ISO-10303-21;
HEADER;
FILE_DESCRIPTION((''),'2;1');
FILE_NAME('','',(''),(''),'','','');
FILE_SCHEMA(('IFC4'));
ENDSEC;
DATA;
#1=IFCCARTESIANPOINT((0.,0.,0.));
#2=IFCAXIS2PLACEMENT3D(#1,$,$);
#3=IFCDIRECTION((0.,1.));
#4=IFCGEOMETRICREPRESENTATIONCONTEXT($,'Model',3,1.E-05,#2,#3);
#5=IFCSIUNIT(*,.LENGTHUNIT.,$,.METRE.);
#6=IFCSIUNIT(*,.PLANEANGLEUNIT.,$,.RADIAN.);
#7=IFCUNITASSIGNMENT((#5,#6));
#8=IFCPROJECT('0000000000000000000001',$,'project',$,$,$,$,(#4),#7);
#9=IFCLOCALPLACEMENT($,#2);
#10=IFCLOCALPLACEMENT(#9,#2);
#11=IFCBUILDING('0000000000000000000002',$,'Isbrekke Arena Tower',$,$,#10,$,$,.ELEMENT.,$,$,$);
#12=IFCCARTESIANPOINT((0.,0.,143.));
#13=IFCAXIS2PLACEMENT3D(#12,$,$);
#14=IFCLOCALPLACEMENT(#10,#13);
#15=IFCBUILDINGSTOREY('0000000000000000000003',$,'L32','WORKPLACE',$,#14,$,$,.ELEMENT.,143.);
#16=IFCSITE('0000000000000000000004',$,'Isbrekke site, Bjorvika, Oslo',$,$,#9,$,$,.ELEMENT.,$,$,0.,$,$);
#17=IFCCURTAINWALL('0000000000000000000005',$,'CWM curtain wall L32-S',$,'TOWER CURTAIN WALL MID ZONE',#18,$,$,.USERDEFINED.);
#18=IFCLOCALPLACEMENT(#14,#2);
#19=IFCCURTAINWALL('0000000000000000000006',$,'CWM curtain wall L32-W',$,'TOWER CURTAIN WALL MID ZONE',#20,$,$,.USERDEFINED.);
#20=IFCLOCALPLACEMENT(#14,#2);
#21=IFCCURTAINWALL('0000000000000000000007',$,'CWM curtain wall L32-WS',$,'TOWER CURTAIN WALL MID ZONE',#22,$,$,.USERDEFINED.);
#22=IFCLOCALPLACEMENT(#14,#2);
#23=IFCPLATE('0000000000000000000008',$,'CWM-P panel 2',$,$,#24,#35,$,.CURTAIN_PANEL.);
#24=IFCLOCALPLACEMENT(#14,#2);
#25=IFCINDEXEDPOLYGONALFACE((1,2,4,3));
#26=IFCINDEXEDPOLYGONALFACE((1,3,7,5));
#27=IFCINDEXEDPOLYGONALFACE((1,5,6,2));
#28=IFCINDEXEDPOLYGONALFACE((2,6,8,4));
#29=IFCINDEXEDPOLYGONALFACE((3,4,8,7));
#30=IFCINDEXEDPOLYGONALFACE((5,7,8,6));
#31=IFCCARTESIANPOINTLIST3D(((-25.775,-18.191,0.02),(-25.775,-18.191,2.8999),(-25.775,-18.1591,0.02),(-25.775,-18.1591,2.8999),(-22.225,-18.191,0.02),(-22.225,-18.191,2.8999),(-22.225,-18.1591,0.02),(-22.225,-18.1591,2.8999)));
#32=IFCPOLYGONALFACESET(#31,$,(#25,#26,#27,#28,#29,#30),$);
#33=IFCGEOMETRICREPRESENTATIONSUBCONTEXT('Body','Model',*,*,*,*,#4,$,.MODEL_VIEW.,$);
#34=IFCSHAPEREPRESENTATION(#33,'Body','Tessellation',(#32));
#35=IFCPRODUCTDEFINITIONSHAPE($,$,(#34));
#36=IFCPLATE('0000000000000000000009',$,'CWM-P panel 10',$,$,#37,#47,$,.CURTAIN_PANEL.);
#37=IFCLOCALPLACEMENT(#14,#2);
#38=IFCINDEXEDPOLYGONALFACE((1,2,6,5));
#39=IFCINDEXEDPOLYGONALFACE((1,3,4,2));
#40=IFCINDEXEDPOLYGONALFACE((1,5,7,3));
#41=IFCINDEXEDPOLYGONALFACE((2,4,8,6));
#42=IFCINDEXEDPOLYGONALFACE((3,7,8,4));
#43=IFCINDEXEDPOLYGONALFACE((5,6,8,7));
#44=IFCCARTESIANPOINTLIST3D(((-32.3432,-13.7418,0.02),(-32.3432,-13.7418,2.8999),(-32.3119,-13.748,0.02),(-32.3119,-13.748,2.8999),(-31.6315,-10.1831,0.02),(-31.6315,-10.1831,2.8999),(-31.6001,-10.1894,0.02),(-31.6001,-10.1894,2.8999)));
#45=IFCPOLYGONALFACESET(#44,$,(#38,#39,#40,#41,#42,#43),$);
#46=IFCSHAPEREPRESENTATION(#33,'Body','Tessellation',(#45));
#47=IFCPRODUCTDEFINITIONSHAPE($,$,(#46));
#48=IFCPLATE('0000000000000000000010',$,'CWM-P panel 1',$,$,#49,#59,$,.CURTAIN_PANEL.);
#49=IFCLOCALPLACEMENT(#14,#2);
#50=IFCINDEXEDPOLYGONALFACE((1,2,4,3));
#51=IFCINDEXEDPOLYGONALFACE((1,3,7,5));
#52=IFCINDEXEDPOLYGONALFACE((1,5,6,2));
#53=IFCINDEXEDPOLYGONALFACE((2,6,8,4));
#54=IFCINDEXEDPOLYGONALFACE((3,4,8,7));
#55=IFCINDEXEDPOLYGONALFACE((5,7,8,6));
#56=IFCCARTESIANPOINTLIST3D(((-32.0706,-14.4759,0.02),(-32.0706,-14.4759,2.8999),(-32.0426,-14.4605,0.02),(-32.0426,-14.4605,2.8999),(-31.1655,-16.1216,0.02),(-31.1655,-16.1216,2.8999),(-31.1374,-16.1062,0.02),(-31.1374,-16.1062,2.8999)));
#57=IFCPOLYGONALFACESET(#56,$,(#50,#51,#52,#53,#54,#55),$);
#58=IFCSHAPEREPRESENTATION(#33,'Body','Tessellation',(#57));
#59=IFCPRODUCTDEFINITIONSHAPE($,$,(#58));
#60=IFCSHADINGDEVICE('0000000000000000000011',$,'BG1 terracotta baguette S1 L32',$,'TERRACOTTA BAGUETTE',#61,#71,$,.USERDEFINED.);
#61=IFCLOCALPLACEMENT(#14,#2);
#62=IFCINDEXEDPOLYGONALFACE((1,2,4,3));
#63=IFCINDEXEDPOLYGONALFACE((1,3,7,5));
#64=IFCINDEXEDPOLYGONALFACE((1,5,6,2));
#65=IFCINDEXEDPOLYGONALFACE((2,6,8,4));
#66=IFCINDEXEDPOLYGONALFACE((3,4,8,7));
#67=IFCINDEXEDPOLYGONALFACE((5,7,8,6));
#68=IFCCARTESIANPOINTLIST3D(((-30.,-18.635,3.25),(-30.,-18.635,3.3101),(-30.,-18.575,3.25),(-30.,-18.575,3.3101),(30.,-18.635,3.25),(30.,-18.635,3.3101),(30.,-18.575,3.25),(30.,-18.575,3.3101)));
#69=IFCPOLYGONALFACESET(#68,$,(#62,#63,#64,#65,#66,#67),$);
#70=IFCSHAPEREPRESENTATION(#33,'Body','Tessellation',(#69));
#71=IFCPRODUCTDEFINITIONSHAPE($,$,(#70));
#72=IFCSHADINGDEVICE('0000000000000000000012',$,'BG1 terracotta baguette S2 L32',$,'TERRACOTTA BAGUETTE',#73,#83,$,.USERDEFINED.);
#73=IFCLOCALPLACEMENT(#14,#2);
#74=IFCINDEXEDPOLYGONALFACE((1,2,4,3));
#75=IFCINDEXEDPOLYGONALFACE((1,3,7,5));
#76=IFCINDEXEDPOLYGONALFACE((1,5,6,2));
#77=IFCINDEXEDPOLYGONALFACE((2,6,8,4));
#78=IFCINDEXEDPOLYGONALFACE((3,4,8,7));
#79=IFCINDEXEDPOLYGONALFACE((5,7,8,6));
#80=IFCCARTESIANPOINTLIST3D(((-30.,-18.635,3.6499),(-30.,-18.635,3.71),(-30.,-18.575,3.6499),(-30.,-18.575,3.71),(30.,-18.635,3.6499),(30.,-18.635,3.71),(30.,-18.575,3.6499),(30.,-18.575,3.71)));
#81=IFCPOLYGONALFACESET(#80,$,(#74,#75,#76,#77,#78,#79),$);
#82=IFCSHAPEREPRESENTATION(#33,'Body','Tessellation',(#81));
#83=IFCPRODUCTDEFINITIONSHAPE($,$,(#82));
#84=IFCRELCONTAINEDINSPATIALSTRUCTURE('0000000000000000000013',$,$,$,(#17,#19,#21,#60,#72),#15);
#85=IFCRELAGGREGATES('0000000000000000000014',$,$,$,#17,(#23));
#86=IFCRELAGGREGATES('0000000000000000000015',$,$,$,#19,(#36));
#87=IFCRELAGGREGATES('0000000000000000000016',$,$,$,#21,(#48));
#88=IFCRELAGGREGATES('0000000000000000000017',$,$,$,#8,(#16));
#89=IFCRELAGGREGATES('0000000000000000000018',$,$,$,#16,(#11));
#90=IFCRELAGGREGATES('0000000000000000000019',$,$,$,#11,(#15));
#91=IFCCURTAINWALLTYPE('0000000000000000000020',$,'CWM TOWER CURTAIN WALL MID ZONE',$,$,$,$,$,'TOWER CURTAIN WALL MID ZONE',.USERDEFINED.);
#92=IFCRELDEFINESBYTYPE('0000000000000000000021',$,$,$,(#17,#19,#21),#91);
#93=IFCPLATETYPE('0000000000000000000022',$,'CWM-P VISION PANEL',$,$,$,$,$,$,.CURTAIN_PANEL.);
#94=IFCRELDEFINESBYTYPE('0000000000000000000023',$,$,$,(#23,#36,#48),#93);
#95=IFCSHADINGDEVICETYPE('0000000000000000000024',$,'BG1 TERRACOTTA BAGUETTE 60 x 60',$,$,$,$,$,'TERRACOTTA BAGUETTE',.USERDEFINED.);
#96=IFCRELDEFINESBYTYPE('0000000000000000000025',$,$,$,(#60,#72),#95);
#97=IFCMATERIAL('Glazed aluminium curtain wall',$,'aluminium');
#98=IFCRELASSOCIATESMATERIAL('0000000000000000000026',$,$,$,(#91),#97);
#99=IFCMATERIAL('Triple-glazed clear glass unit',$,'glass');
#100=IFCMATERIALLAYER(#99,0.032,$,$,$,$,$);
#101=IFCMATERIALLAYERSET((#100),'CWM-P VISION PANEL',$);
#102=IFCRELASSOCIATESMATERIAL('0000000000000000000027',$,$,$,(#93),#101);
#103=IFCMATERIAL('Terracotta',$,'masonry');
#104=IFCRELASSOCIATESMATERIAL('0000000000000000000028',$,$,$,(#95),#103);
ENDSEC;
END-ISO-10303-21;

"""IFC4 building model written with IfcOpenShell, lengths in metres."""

from ifc_helpers import new_model, si_unit, direction, frame, origin, origin_2d, place, context, subcontext, project, spatial, rectangle, extrude, material, layer, layer_set, material_profile, profile_set, type_object, element, aggregate, save


model = new_model("IFC4")

# Units and contexts
model_context = context("Model", 3, precision=1e-05, world=origin(), true_north=direction((0.0, 1.0)))
body_context = subcontext(model_context, "Body", "Model", "MODEL_VIEW")
ifc_project = project(units=[si_unit("LENGTHUNIT", "METRE"), si_unit("PLANEANGLEUNIT", "RADIAN")], contexts=[model_context])

# Site, building, storey
site_placement = place(None, origin())
site = spatial("IfcSite", under=ifc_project, at=site_placement, Name="Isbrekke site, Bjorvika, Oslo", CompositionType="ELEMENT", RefElevation=0.0)
building_placement = place(site_placement, origin())
building = spatial("IfcBuilding", under=site, at=building_placement, Name="Isbrekke Arena Tower", CompositionType="ELEMENT")
storey_placement = place(building_placement, frame((0.0, 0.0, 143.0)))
storey = spatial("IfcBuildingStorey", under=building, at=storey_placement, Name="L32", Description="WORKPLACE", CompositionType="ELEMENT", Elevation=143.0)

# Curtain wall
ifc_material_1 = material(Name="Glazed aluminium curtain wall", Category="aluminium")
curtain_wall_type = type_object("IfcCurtainWallType", Name="CWM TOWER CURTAIN WALL MID ZONE", ElementType="TOWER CURTAIN WALL MID ZONE", PredefinedType="USERDEFINED", material=ifc_material_1)
curtain_wall_1_placement = place(storey_placement, origin())
curtain_wall_1 = element("IfcCurtainWall", 1, at=curtain_wall_1_placement, inside=storey, type_object=curtain_wall_type, Name="CWM curtain wall L32-S", ObjectType="TOWER CURTAIN WALL MID ZONE", PredefinedType="USERDEFINED")

# Curtain wall
curtain_wall_2_placement = place(storey_placement, origin())
curtain_wall_2 = element("IfcCurtainWall", 2, at=curtain_wall_2_placement, inside=storey, type_object=curtain_wall_type, Name="CWM curtain wall L32-W", ObjectType="TOWER CURTAIN WALL MID ZONE", PredefinedType="USERDEFINED")

# Curtain wall
curtain_wall_3_placement = place(storey_placement, origin())
curtain_wall_3 = element("IfcCurtainWall", 3, at=curtain_wall_3_placement, inside=storey, type_object=curtain_wall_type, Name="CWM curtain wall L32-WS", ObjectType="TOWER CURTAIN WALL MID ZONE", PredefinedType="USERDEFINED")

# Plates
ifc_material_2 = material(Name="Triple-glazed clear glass unit", Category="glass")
ifc_layer = layer(ifc_material_2, 0.032)
ifc_layer_set = layer_set([ifc_layer], Name="CWM-P VISION PANEL")
plate_type = type_object("IfcPlateType", Name="CWM-P VISION PANEL", PredefinedType="CURTAIN_PANEL", material=ifc_layer_set)
plate_1_placement = place(storey_placement, frame((-24.0, -18.175, 0.02), z_axis=(0.0, 0.0, 1.0), x_axis=(1.0, 0.0, 0.0)))
plate_1 = element("IfcPlate", 4, at=plate_1_placement, type_object=plate_type, Name="CWM-P panel 2", PredefinedType="CURTAIN_PANEL", context=body_context, shape_type="SweptSolid", body=[
    extrude(rectangle(XDim=3.55, YDim=0.032, at=origin_2d()), origin(), (0.0, 0.0, 1.0), 2.8799),
])
aggregate(curtain_wall_1, [plate_1])
plate_2_placement = place(storey_placement, frame((-31.9717, -11.9656, 0.02), z_axis=(0.0, 0.0, 1.0), x_axis=(-0.196116, -0.980581, 0.0)))
plate_2 = element("IfcPlate", 5, at=plate_2_placement, type_object=plate_type, Name="CWM-P panel 10", PredefinedType="CURTAIN_PANEL", context=body_context, shape_type="SweptSolid", body=[
    extrude(rectangle(XDim=3.6292, YDim=0.032, at=origin_2d()), origin(), (0.0, 0.0, 1.0), 2.8799),
])
aggregate(curtain_wall_2, [plate_2])
plate_3_placement = place(storey_placement, frame((-31.604, -15.291, 0.02), z_axis=(0.0, 0.0, 1.0), x_axis=(0.481919, -0.876216, 0.0)))
plate_3 = element("IfcPlate", 6, at=plate_3_placement, type_object=plate_type, Name="CWM-P panel 1", PredefinedType="CURTAIN_PANEL", context=body_context, shape_type="SweptSolid", body=[
    extrude(rectangle(XDim=1.8782, YDim=0.032, at=origin_2d()), origin(), (0.0, 0.0, 1.0), 2.8799),
])
aggregate(curtain_wall_3, [plate_3])

# Shading devices
ifc_material_3 = material(Name="Terracotta", Category="masonry")
ifc_material_profile_1 = material_profile(ifc_material_3, rectangle(XDim=0.0601, YDim=0.0601, at=origin_2d()), Name="BAGUETTE 60X60")
ifc_profile_set_1 = profile_set([ifc_material_profile_1], Name="Terracotta")
shading_device_type = type_object("IfcShadingDeviceType", Name="BG1 TERRACOTTA BAGUETTE 60 x 60", ElementType="TERRACOTTA BAGUETTE", PredefinedType="USERDEFINED", material=ifc_profile_set_1)
for number, where, z_axis, x_axis, name in (
    (7, (-30.0, -18.605, 3.28), (1.0, 0.0, 0.0), (0.0, 1.0, 0.0), "BG1 terracotta baguette S1 L32"),
    (8, (-30.0, -18.605, 3.6799), (1.0, 0.0, 0.0), (0.0, 1.0, 0.0), "BG1 terracotta baguette S2 L32"),
):
    element("IfcShadingDevice", number, at=place(storey_placement, frame(where, z_axis=z_axis, x_axis=x_axis)), inside=storey, type_object=shading_device_type, Name=name, ObjectType="TERRACOTTA BAGUETTE", PredefinedType="USERDEFINED", context=body_context, shape_type="SweptSolid", body=[
        extrude(rectangle(XDim=0.0601, YDim=0.0601, at=origin_2d()), origin(), (0.0, 0.0, 1.0), 60.0),
    ])

save(model, "model.ifc")
